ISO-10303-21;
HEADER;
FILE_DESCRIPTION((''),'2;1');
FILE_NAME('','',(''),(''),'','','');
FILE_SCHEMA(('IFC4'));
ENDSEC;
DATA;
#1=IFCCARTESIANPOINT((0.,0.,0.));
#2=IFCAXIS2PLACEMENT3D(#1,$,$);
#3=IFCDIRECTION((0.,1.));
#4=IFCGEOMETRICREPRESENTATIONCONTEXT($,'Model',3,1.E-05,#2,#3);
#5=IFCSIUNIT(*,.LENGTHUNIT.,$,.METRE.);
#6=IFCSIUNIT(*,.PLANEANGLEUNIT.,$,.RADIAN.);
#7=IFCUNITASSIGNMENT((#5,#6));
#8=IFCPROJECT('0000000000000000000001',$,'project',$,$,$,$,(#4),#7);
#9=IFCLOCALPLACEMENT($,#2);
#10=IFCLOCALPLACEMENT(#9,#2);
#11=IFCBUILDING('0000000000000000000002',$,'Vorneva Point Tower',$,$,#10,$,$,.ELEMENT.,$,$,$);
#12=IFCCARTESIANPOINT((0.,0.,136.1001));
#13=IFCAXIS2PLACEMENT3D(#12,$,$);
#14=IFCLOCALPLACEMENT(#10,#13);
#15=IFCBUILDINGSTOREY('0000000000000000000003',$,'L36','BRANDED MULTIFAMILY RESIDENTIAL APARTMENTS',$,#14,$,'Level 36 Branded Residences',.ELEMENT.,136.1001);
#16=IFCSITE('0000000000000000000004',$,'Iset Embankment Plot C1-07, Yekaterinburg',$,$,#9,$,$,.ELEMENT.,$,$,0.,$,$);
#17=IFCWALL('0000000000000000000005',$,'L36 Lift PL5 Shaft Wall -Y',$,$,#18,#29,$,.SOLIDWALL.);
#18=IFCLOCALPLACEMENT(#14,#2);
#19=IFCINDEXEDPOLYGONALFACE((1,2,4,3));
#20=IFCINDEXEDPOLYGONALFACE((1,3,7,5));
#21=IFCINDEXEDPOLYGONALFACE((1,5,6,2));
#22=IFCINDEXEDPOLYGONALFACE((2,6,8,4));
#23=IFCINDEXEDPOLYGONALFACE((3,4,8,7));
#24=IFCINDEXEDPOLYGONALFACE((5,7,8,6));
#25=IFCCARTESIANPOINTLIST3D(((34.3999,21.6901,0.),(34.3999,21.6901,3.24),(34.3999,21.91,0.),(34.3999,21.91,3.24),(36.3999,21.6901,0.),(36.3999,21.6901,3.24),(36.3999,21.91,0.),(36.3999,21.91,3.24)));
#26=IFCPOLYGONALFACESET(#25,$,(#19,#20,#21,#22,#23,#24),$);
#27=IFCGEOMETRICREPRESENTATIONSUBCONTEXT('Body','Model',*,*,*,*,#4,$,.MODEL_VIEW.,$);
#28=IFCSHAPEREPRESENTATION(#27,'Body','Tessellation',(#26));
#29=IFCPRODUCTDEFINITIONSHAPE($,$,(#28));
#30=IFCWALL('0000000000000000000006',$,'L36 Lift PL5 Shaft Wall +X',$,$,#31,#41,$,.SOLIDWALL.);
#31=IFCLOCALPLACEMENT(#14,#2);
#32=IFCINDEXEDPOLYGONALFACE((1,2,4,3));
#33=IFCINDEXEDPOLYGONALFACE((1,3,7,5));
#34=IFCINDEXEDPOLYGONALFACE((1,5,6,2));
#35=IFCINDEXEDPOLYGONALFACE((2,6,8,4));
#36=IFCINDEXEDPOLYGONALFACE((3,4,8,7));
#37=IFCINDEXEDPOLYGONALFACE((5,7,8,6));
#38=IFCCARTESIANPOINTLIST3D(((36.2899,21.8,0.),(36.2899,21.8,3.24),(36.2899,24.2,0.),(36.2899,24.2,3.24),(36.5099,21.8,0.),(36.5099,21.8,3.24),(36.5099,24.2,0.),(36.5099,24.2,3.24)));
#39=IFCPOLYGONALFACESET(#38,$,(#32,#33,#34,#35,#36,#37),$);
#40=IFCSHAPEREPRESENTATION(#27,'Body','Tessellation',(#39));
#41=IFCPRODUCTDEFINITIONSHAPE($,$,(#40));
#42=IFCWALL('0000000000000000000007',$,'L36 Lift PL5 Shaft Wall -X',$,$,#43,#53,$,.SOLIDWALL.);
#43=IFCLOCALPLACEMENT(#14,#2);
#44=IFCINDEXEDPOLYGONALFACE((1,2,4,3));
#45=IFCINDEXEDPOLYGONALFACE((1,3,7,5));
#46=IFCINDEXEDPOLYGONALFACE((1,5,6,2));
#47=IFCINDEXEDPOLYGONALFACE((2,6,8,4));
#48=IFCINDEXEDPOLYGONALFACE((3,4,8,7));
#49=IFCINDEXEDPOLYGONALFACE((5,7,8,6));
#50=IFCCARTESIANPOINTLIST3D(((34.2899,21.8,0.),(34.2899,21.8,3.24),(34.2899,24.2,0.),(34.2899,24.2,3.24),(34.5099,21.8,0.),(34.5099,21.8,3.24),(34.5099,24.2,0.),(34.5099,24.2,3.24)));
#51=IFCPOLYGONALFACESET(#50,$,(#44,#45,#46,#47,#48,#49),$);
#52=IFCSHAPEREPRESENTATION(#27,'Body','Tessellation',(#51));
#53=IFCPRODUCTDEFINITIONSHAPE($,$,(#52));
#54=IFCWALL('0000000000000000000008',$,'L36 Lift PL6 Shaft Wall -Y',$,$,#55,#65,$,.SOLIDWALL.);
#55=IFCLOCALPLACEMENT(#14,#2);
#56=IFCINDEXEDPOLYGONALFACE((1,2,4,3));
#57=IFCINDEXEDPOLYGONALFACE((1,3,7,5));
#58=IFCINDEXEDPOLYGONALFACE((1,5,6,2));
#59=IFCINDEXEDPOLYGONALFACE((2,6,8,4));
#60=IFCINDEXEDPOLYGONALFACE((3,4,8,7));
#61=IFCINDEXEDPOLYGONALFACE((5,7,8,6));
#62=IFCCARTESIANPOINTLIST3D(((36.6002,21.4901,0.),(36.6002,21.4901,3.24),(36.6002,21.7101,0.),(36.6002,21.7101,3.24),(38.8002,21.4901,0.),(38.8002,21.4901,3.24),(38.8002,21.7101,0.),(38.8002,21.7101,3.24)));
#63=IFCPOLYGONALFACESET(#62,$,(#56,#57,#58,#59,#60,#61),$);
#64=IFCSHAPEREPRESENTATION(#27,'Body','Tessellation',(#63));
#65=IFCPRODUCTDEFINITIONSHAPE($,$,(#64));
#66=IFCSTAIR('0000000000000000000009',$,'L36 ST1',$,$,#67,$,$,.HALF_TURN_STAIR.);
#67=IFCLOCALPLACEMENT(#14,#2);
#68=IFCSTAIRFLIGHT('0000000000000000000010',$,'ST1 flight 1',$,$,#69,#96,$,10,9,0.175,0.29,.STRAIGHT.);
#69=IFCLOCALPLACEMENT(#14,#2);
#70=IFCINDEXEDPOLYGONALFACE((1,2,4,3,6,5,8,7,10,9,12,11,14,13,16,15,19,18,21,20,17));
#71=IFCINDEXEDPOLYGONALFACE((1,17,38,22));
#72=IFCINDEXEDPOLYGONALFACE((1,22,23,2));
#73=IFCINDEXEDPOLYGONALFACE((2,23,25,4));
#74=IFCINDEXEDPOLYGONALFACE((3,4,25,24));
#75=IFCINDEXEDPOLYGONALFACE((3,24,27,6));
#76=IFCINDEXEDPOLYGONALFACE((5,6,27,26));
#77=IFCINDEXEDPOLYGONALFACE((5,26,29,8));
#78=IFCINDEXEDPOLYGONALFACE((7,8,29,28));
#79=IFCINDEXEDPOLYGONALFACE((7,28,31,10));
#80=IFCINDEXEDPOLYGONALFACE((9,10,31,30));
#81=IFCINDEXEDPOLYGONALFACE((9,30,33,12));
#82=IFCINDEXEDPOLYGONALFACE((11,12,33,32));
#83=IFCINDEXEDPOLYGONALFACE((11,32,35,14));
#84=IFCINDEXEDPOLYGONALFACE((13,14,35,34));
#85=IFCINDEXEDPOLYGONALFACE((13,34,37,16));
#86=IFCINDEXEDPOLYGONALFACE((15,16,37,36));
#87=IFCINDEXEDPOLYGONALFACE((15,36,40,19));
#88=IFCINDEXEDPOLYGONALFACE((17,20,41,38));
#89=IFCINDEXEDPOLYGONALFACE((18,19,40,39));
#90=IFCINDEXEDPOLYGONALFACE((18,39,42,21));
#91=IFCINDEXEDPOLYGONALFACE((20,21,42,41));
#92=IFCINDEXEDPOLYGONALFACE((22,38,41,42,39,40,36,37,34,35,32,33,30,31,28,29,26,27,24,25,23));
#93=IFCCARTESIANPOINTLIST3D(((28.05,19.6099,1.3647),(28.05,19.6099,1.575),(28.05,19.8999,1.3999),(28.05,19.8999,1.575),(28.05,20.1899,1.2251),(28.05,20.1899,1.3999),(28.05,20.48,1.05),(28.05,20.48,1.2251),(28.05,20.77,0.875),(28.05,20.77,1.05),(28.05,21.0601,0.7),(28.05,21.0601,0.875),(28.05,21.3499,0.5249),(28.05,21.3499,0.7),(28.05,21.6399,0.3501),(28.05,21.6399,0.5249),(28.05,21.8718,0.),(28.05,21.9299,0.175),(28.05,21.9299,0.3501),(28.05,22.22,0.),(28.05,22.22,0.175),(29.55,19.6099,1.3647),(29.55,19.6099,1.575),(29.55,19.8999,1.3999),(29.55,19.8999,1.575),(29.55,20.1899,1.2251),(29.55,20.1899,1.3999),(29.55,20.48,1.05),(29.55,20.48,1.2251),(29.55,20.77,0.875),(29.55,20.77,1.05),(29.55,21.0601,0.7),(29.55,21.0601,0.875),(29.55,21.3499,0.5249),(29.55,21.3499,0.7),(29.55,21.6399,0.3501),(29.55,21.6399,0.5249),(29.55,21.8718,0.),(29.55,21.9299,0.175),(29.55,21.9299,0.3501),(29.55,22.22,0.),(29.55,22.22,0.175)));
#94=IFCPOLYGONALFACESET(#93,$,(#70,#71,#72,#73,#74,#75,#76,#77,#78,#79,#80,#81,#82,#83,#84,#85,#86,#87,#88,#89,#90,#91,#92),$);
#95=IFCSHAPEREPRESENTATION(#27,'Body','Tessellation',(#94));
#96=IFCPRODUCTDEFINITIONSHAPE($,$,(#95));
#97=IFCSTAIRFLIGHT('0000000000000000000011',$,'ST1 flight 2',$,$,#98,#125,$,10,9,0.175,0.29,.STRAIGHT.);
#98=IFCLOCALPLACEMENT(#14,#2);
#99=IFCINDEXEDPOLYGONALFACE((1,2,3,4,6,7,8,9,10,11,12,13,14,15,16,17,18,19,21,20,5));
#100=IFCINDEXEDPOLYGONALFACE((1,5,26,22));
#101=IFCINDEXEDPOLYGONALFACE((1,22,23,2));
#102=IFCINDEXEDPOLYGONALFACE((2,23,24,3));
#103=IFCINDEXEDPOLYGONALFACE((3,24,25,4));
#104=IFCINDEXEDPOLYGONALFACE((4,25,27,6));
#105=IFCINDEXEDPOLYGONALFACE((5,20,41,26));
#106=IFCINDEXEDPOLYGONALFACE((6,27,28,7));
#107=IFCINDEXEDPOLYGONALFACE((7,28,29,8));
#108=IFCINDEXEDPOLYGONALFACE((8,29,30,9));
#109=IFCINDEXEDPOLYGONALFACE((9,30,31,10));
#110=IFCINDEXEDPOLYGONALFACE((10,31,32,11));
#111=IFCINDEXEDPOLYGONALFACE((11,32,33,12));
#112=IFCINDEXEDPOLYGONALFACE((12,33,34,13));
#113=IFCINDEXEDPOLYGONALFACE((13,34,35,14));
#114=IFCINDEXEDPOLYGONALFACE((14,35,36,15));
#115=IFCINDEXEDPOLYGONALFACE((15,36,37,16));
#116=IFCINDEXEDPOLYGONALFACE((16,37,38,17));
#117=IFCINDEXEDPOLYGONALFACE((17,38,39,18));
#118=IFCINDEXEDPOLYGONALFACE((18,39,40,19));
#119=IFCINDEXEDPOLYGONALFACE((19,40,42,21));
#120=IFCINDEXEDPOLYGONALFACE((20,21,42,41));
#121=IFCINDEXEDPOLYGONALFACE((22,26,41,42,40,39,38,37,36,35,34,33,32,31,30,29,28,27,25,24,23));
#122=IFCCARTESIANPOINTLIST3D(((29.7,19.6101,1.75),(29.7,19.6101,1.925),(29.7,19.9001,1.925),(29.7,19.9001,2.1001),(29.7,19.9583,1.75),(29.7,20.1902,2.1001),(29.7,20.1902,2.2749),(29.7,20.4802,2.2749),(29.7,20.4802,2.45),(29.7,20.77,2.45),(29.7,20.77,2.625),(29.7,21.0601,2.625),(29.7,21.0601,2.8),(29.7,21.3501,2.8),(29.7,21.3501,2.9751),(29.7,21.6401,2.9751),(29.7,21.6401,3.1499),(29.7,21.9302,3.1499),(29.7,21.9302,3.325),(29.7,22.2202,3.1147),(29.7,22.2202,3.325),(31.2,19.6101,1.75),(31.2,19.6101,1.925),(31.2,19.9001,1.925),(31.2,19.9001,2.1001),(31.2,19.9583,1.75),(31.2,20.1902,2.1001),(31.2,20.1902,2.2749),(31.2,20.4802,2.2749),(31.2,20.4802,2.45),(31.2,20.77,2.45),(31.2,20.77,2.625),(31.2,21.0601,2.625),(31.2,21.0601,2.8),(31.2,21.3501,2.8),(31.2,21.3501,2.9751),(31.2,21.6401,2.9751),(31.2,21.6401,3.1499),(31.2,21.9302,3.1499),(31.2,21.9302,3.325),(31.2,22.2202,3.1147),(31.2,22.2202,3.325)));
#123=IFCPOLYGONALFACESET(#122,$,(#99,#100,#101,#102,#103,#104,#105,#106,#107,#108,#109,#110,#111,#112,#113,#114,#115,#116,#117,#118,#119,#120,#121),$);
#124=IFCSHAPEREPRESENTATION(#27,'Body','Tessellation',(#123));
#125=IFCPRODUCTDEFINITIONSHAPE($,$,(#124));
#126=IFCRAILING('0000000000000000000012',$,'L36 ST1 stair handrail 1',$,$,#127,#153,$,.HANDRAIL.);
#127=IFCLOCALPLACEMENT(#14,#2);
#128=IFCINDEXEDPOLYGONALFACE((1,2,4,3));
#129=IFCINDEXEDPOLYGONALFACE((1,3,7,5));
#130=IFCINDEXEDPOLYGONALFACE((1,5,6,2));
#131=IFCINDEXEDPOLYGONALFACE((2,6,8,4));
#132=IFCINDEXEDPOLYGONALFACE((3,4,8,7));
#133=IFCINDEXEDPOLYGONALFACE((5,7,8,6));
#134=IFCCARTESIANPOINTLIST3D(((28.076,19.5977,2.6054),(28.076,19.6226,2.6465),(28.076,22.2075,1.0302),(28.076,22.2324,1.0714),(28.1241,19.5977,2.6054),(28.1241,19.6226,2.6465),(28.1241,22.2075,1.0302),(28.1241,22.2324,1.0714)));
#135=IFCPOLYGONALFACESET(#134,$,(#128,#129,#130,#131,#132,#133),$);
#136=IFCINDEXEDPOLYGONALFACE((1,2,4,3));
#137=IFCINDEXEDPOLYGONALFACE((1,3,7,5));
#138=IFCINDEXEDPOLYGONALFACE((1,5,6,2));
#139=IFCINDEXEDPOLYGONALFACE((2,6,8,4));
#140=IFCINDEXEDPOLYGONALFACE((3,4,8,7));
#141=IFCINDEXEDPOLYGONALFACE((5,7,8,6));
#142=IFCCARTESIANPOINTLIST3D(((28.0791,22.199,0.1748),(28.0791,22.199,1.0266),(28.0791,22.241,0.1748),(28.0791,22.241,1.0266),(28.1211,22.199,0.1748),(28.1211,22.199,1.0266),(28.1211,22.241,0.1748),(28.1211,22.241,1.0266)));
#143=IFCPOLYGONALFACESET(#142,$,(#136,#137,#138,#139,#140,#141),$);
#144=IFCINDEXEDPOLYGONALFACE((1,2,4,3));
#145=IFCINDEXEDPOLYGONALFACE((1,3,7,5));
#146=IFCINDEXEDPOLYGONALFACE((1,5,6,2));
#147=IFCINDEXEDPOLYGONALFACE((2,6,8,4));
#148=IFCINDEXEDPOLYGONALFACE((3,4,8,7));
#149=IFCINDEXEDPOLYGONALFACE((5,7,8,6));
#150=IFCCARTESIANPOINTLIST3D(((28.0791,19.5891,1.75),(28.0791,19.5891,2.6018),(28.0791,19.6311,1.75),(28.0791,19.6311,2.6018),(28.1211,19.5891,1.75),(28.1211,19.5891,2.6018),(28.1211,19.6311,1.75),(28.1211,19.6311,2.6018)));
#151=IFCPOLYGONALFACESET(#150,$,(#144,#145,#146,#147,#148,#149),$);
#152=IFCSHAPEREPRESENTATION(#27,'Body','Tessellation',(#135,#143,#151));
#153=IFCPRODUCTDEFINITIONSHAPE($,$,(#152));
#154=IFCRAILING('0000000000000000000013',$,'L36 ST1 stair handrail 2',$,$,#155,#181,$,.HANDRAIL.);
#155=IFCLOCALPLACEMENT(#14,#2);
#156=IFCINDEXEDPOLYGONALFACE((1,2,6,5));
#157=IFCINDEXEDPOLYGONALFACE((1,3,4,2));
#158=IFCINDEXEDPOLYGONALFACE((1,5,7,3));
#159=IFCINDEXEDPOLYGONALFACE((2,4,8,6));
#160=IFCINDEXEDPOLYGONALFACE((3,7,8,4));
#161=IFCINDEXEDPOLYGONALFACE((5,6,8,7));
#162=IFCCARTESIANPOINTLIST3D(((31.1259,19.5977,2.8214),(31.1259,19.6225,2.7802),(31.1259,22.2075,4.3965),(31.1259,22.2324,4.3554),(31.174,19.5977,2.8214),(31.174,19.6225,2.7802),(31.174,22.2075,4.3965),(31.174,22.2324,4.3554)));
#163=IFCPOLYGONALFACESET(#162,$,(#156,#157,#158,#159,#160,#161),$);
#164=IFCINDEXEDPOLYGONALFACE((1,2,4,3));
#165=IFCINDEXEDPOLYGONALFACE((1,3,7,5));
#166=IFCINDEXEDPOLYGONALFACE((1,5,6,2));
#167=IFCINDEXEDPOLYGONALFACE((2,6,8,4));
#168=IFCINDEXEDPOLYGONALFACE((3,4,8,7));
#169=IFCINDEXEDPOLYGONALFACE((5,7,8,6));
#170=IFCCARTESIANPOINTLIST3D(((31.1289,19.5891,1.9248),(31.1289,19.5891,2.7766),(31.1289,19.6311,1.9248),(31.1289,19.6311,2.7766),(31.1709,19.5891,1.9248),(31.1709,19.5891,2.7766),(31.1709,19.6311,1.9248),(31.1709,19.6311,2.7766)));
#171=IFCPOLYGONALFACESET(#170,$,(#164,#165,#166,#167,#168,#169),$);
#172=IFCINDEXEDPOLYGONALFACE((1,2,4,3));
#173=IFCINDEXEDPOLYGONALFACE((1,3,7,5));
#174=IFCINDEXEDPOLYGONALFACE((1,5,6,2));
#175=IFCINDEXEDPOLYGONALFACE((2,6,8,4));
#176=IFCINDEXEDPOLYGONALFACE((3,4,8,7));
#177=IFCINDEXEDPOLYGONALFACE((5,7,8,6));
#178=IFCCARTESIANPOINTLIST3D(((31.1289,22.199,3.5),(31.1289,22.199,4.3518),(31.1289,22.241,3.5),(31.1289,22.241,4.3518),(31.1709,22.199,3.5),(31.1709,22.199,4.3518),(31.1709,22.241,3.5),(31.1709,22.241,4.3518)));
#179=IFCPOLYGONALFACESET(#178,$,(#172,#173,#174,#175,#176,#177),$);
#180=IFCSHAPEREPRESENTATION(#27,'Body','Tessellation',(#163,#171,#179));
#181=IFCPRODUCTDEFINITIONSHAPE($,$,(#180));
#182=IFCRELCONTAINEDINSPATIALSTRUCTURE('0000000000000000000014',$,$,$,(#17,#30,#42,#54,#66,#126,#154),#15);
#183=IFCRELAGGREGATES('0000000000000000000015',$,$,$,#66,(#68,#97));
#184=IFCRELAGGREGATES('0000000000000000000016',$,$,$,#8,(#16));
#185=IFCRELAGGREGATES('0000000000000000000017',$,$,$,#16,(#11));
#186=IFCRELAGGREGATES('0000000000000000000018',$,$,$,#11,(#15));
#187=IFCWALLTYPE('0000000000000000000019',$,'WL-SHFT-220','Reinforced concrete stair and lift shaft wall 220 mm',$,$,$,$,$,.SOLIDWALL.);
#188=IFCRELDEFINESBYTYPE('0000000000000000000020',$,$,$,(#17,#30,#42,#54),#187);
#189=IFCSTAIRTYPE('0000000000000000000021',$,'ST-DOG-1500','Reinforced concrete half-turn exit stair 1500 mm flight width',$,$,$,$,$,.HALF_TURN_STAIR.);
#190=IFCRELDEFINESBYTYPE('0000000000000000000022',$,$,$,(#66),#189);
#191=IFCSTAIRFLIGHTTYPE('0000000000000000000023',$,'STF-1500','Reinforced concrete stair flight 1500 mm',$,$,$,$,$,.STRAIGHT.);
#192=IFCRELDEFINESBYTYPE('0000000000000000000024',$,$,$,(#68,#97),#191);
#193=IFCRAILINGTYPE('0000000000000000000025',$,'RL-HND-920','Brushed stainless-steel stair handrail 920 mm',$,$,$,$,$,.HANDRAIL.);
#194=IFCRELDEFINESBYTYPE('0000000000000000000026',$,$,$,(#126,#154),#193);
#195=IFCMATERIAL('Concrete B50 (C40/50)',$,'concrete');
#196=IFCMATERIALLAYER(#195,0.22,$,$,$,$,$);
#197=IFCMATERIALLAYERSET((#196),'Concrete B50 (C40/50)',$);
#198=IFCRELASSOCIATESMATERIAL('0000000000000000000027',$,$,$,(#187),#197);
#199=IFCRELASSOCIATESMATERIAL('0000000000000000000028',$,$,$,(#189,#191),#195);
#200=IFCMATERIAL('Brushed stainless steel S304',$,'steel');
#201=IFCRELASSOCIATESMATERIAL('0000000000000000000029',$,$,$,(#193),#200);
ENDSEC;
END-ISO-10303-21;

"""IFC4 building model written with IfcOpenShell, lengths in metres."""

from ifc_helpers import new_model, si_unit, direction, frame, frame_2d, origin, origin_2d, place, context, subcontext, project, spatial, polyline, rectangle, outline, extrude, material, layer, layer_set, type_object, element, aggregate, save


model = new_model("IFC4")

# Units and contexts
model_context = context("Model", 3, precision=1e-05, world=origin(), true_north=direction((0.0, 1.0)))
body_context = subcontext(model_context, "Body", "Model", "MODEL_VIEW")
ifc_project = project(units=[si_unit("LENGTHUNIT", "METRE"), si_unit("PLANEANGLEUNIT", "RADIAN")], contexts=[model_context])

# Site, building, storey
site_placement = place(None, origin())
site = spatial("IfcSite", under=ifc_project, at=site_placement, Name="Iset Embankment Plot C1-07, Yekaterinburg", CompositionType="ELEMENT", RefElevation=0.0)
building_placement = place(site_placement, origin())
building = spatial("IfcBuilding", under=site, at=building_placement, Name="Vorneva Point Tower", CompositionType="ELEMENT")
storey_placement = place(building_placement, frame((0.0, 0.0, 136.1001)))
storey = spatial("IfcBuildingStorey", under=building, at=storey_placement, Name="L36", Description="BRANDED MULTIFAMILY RESIDENTIAL APARTMENTS", LongName="Level 36 Branded Residences", CompositionType="ELEMENT", Elevation=136.1001)

# Shared definitions
ifc_material_1 = material(Name="Concrete B50 (C40/50)", Category="concrete")
ifc_layer_1 = layer(ifc_material_1, 0.22)
ifc_layer_set_1 = layer_set([ifc_layer_1], Name="Concrete B50 (C40/50)")
wall_type_1 = type_object("IfcWallType", Name="WL-SHFT-220", Description="Reinforced concrete stair and lift shaft wall 220 mm", PredefinedType="SOLIDWALL", material=ifc_layer_set_1)

# Shared definitions
ifc_material_2 = material(Name="Brushed stainless steel S304", Category="steel")

# Walls
wall_1_placement = place(storey_placement, frame((34.3999, 21.8, 0.0), z_axis=(0.0, 0.0, 1.0), x_axis=(1.0, 0.0, 0.0)))
element("IfcWall", 1, at=wall_1_placement, inside=storey, type_object=wall_type_1, Name="L36 Lift PL5 Shaft Wall -Y", PredefinedType="SOLIDWALL", context=body_context, shape_type="SweptSolid", body=[
    extrude(rectangle(XDim=2.0, YDim=0.22, at=frame_2d((1.0, 0.0))), origin(), (0.0, 0.0, 1.0), 3.24),
])
for number, where, z_axis, x_axis, name in (
    (2, (36.3999, 21.8, 0.0), (0.0, 0.0, 1.0), (0.0, 1.0, 0.0), "L36 Lift PL5 Shaft Wall +X"),
    (3, (34.3999, 24.2, 0.0), (0.0, 0.0, 1.0), (0.0, -1.0, 0.0), "L36 Lift PL5 Shaft Wall -X"),
):
    element("IfcWall", number, at=place(storey_placement, frame(where, z_axis=z_axis, x_axis=x_axis)), inside=storey, type_object=wall_type_1, Name=name, PredefinedType="SOLIDWALL", context=body_context, shape_type="SweptSolid", body=[
        extrude(rectangle(XDim=2.3999, YDim=0.22, at=frame_2d((1.2, 0.0))), origin(), (0.0, 0.0, 1.0), 3.24),
    ])
wall_2_placement = place(storey_placement, frame((36.6001, 21.6001, 0.0), z_axis=(0.0, 0.0, 1.0), x_axis=(1.0, 0.0, 0.0)))
element("IfcWall", 4, at=wall_2_placement, inside=storey, type_object=wall_type_1, Name="L36 Lift PL6 Shaft Wall -Y", PredefinedType="SOLIDWALL", context=body_context, shape_type="SweptSolid", body=[
    extrude(rectangle(XDim=2.2, YDim=0.22, at=frame_2d((1.1001, 0.0))), origin(), (0.0, 0.0, 1.0), 3.24),
])

# Stair, stair flights
stair_type = type_object("IfcStairType", Name="ST-DOG-1500", Description="Reinforced concrete half-turn exit stair 1500 mm flight width", PredefinedType="HALF_TURN_STAIR", material=ifc_material_1)
stair_placement = place(storey_placement, origin())
stair = element("IfcStair", 5, at=stair_placement, inside=storey, type_object=stair_type, Name="L36 ST1", PredefinedType="HALF_TURN_STAIR")
stair_flight_type = type_object("IfcStairFlightType", Name="STF-1500", Description="Reinforced concrete stair flight 1500 mm", PredefinedType="STRAIGHT", material=ifc_material_1)
stair_flight_1_placement = place(storey_placement, frame((28.8, 22.22, 0.0), z_axis=(0.0, 0.0, 1.0), x_axis=(0.0, -1.0, 0.0)))
stair_flight_1 = element("IfcStairFlight", 6, at=stair_flight_1_placement, type_object=stair_flight_type, Name="ST1 flight 1", NumberOfRisers=10, NumberOfTreads=9, PredefinedType="STRAIGHT", RiserHeight=0.175, TreadLength=0.29, context=body_context, shape_type="SweptSolid", body=[
    extrude(outline(polyline([(0.0, 0.0), (0.0, 0.175), (0.29, 0.175), (0.29, 0.3501), (0.5801, 0.3501), (0.5801, 0.5249), (0.8701, 0.5249), (0.8701, 0.7), (1.1599, 0.7), (1.1599, 0.875), (1.45, 0.875), (1.45, 1.05), (1.74, 1.05), (1.74, 1.2251), (2.03, 1.2251), (2.03, 1.3999), (2.3201, 1.3999), (2.3201, 1.575), (2.6101, 1.575), (2.6101, 1.75), (2.6101, 1.3647), (0.3481, 0.0), (0.0, 0.0)])), frame((0.0, 0.75, 0.0), z_axis=(0.0, -1.0, 0.0), x_axis=(1.0, 0.0, 0.0)), (0.0, 0.0, 1.0), 1.5),
])
stair_flight_2_placement = place(storey_placement, frame((30.45, 19.6101, 1.75), z_axis=(0.0, 0.0, 1.0), x_axis=(0.0, 1.0, 0.0)))
stair_flight_2 = element("IfcStairFlight", 7, at=stair_flight_2_placement, type_object=stair_flight_type, Name="ST1 flight 2", NumberOfRisers=10, NumberOfTreads=9, PredefinedType="STRAIGHT", RiserHeight=0.175, TreadLength=0.29, context=body_context, shape_type="SweptSolid", body=[
    extrude(outline(polyline([(0.0, 0.0), (0.0, 0.175), (0.29, 0.175), (0.29, 0.3501), (0.5801, 0.3501), (0.5801, 0.5249), (0.8701, 0.5249), (0.8701, 0.7), (1.1599, 0.7), (1.1599, 0.875), (1.45, 0.875), (1.45, 1.05), (1.74, 1.05), (1.74, 1.2251), (2.03, 1.2251), (2.03, 1.3999), (2.3201, 1.3999), (2.3201, 1.575), (2.6101, 1.575), (2.6101, 1.75), (2.6101, 1.3647), (0.3481, 0.0), (0.0, 0.0)])), frame((0.0, 0.75, 0.0), z_axis=(0.0, -1.0, 0.0), x_axis=(1.0, 0.0, 0.0)), (0.0, 0.0, 1.0), 1.5),
])
aggregate(stair, [stair_flight_1, stair_flight_2])

# Railings
railing_type_1 = type_object("IfcRailingType", Name="RL-HND-920", Description="Brushed stainless-steel stair handrail 920 mm", PredefinedType="HANDRAIL", material=ifc_material_2)
railing_1_placement = place(storey_placement, frame((28.1001, 22.22, 0.1748)))
element("IfcRailing", 8, at=railing_1_placement, inside=storey, type_object=railing_type_1, Name="L36 ST1 stair handrail 1", PredefinedType="HANDRAIL", context=body_context, shape_type="SweptSolid", body=[
    extrude(rectangle(XDim=0.0481, YDim=0.0481, at=origin_2d()), frame((0.0, 0.0, 0.876), z_axis=(0.0, -0.856147, 0.516732), x_axis=(1.0, 0.0, 0.0)), (0.0, 0.0, 1.0), 3.0483),
    extrude(rectangle(XDim=0.042, YDim=0.042, at=origin_2d()), origin(), (0.0, 0.0, 1.0), 0.8518),
    extrude(rectangle(XDim=0.042, YDim=0.042, at=origin_2d()), frame((0.0, -2.6099, 1.5752)), (0.0, 0.0, 1.0), 0.8518),
])
railing_2_placement = place(storey_placement, frame((31.1499, 19.6101, 1.9248)))
element("IfcRailing", 9, at=railing_2_placement, inside=storey, type_object=railing_type_1, Name="L36 ST1 stair handrail 2", PredefinedType="HANDRAIL", context=body_context, shape_type="SweptSolid", body=[
    extrude(rectangle(XDim=0.0481, YDim=0.0481, at=origin_2d()), frame((0.0, 0.0, 0.876), z_axis=(0.0, 0.856147, 0.516732), x_axis=(-1.0, 0.0, 0.0)), (0.0, 0.0, 1.0), 3.0483),
    extrude(rectangle(XDim=0.042, YDim=0.042, at=origin_2d()), origin(), (0.0, 0.0, 1.0), 0.8518),
    extrude(rectangle(XDim=0.042, YDim=0.042, at=origin_2d()), frame((0.0, 2.6099, 1.5752)), (0.0, 0.0, 1.0), 0.8518),
])

save(model, "model.ifc")
